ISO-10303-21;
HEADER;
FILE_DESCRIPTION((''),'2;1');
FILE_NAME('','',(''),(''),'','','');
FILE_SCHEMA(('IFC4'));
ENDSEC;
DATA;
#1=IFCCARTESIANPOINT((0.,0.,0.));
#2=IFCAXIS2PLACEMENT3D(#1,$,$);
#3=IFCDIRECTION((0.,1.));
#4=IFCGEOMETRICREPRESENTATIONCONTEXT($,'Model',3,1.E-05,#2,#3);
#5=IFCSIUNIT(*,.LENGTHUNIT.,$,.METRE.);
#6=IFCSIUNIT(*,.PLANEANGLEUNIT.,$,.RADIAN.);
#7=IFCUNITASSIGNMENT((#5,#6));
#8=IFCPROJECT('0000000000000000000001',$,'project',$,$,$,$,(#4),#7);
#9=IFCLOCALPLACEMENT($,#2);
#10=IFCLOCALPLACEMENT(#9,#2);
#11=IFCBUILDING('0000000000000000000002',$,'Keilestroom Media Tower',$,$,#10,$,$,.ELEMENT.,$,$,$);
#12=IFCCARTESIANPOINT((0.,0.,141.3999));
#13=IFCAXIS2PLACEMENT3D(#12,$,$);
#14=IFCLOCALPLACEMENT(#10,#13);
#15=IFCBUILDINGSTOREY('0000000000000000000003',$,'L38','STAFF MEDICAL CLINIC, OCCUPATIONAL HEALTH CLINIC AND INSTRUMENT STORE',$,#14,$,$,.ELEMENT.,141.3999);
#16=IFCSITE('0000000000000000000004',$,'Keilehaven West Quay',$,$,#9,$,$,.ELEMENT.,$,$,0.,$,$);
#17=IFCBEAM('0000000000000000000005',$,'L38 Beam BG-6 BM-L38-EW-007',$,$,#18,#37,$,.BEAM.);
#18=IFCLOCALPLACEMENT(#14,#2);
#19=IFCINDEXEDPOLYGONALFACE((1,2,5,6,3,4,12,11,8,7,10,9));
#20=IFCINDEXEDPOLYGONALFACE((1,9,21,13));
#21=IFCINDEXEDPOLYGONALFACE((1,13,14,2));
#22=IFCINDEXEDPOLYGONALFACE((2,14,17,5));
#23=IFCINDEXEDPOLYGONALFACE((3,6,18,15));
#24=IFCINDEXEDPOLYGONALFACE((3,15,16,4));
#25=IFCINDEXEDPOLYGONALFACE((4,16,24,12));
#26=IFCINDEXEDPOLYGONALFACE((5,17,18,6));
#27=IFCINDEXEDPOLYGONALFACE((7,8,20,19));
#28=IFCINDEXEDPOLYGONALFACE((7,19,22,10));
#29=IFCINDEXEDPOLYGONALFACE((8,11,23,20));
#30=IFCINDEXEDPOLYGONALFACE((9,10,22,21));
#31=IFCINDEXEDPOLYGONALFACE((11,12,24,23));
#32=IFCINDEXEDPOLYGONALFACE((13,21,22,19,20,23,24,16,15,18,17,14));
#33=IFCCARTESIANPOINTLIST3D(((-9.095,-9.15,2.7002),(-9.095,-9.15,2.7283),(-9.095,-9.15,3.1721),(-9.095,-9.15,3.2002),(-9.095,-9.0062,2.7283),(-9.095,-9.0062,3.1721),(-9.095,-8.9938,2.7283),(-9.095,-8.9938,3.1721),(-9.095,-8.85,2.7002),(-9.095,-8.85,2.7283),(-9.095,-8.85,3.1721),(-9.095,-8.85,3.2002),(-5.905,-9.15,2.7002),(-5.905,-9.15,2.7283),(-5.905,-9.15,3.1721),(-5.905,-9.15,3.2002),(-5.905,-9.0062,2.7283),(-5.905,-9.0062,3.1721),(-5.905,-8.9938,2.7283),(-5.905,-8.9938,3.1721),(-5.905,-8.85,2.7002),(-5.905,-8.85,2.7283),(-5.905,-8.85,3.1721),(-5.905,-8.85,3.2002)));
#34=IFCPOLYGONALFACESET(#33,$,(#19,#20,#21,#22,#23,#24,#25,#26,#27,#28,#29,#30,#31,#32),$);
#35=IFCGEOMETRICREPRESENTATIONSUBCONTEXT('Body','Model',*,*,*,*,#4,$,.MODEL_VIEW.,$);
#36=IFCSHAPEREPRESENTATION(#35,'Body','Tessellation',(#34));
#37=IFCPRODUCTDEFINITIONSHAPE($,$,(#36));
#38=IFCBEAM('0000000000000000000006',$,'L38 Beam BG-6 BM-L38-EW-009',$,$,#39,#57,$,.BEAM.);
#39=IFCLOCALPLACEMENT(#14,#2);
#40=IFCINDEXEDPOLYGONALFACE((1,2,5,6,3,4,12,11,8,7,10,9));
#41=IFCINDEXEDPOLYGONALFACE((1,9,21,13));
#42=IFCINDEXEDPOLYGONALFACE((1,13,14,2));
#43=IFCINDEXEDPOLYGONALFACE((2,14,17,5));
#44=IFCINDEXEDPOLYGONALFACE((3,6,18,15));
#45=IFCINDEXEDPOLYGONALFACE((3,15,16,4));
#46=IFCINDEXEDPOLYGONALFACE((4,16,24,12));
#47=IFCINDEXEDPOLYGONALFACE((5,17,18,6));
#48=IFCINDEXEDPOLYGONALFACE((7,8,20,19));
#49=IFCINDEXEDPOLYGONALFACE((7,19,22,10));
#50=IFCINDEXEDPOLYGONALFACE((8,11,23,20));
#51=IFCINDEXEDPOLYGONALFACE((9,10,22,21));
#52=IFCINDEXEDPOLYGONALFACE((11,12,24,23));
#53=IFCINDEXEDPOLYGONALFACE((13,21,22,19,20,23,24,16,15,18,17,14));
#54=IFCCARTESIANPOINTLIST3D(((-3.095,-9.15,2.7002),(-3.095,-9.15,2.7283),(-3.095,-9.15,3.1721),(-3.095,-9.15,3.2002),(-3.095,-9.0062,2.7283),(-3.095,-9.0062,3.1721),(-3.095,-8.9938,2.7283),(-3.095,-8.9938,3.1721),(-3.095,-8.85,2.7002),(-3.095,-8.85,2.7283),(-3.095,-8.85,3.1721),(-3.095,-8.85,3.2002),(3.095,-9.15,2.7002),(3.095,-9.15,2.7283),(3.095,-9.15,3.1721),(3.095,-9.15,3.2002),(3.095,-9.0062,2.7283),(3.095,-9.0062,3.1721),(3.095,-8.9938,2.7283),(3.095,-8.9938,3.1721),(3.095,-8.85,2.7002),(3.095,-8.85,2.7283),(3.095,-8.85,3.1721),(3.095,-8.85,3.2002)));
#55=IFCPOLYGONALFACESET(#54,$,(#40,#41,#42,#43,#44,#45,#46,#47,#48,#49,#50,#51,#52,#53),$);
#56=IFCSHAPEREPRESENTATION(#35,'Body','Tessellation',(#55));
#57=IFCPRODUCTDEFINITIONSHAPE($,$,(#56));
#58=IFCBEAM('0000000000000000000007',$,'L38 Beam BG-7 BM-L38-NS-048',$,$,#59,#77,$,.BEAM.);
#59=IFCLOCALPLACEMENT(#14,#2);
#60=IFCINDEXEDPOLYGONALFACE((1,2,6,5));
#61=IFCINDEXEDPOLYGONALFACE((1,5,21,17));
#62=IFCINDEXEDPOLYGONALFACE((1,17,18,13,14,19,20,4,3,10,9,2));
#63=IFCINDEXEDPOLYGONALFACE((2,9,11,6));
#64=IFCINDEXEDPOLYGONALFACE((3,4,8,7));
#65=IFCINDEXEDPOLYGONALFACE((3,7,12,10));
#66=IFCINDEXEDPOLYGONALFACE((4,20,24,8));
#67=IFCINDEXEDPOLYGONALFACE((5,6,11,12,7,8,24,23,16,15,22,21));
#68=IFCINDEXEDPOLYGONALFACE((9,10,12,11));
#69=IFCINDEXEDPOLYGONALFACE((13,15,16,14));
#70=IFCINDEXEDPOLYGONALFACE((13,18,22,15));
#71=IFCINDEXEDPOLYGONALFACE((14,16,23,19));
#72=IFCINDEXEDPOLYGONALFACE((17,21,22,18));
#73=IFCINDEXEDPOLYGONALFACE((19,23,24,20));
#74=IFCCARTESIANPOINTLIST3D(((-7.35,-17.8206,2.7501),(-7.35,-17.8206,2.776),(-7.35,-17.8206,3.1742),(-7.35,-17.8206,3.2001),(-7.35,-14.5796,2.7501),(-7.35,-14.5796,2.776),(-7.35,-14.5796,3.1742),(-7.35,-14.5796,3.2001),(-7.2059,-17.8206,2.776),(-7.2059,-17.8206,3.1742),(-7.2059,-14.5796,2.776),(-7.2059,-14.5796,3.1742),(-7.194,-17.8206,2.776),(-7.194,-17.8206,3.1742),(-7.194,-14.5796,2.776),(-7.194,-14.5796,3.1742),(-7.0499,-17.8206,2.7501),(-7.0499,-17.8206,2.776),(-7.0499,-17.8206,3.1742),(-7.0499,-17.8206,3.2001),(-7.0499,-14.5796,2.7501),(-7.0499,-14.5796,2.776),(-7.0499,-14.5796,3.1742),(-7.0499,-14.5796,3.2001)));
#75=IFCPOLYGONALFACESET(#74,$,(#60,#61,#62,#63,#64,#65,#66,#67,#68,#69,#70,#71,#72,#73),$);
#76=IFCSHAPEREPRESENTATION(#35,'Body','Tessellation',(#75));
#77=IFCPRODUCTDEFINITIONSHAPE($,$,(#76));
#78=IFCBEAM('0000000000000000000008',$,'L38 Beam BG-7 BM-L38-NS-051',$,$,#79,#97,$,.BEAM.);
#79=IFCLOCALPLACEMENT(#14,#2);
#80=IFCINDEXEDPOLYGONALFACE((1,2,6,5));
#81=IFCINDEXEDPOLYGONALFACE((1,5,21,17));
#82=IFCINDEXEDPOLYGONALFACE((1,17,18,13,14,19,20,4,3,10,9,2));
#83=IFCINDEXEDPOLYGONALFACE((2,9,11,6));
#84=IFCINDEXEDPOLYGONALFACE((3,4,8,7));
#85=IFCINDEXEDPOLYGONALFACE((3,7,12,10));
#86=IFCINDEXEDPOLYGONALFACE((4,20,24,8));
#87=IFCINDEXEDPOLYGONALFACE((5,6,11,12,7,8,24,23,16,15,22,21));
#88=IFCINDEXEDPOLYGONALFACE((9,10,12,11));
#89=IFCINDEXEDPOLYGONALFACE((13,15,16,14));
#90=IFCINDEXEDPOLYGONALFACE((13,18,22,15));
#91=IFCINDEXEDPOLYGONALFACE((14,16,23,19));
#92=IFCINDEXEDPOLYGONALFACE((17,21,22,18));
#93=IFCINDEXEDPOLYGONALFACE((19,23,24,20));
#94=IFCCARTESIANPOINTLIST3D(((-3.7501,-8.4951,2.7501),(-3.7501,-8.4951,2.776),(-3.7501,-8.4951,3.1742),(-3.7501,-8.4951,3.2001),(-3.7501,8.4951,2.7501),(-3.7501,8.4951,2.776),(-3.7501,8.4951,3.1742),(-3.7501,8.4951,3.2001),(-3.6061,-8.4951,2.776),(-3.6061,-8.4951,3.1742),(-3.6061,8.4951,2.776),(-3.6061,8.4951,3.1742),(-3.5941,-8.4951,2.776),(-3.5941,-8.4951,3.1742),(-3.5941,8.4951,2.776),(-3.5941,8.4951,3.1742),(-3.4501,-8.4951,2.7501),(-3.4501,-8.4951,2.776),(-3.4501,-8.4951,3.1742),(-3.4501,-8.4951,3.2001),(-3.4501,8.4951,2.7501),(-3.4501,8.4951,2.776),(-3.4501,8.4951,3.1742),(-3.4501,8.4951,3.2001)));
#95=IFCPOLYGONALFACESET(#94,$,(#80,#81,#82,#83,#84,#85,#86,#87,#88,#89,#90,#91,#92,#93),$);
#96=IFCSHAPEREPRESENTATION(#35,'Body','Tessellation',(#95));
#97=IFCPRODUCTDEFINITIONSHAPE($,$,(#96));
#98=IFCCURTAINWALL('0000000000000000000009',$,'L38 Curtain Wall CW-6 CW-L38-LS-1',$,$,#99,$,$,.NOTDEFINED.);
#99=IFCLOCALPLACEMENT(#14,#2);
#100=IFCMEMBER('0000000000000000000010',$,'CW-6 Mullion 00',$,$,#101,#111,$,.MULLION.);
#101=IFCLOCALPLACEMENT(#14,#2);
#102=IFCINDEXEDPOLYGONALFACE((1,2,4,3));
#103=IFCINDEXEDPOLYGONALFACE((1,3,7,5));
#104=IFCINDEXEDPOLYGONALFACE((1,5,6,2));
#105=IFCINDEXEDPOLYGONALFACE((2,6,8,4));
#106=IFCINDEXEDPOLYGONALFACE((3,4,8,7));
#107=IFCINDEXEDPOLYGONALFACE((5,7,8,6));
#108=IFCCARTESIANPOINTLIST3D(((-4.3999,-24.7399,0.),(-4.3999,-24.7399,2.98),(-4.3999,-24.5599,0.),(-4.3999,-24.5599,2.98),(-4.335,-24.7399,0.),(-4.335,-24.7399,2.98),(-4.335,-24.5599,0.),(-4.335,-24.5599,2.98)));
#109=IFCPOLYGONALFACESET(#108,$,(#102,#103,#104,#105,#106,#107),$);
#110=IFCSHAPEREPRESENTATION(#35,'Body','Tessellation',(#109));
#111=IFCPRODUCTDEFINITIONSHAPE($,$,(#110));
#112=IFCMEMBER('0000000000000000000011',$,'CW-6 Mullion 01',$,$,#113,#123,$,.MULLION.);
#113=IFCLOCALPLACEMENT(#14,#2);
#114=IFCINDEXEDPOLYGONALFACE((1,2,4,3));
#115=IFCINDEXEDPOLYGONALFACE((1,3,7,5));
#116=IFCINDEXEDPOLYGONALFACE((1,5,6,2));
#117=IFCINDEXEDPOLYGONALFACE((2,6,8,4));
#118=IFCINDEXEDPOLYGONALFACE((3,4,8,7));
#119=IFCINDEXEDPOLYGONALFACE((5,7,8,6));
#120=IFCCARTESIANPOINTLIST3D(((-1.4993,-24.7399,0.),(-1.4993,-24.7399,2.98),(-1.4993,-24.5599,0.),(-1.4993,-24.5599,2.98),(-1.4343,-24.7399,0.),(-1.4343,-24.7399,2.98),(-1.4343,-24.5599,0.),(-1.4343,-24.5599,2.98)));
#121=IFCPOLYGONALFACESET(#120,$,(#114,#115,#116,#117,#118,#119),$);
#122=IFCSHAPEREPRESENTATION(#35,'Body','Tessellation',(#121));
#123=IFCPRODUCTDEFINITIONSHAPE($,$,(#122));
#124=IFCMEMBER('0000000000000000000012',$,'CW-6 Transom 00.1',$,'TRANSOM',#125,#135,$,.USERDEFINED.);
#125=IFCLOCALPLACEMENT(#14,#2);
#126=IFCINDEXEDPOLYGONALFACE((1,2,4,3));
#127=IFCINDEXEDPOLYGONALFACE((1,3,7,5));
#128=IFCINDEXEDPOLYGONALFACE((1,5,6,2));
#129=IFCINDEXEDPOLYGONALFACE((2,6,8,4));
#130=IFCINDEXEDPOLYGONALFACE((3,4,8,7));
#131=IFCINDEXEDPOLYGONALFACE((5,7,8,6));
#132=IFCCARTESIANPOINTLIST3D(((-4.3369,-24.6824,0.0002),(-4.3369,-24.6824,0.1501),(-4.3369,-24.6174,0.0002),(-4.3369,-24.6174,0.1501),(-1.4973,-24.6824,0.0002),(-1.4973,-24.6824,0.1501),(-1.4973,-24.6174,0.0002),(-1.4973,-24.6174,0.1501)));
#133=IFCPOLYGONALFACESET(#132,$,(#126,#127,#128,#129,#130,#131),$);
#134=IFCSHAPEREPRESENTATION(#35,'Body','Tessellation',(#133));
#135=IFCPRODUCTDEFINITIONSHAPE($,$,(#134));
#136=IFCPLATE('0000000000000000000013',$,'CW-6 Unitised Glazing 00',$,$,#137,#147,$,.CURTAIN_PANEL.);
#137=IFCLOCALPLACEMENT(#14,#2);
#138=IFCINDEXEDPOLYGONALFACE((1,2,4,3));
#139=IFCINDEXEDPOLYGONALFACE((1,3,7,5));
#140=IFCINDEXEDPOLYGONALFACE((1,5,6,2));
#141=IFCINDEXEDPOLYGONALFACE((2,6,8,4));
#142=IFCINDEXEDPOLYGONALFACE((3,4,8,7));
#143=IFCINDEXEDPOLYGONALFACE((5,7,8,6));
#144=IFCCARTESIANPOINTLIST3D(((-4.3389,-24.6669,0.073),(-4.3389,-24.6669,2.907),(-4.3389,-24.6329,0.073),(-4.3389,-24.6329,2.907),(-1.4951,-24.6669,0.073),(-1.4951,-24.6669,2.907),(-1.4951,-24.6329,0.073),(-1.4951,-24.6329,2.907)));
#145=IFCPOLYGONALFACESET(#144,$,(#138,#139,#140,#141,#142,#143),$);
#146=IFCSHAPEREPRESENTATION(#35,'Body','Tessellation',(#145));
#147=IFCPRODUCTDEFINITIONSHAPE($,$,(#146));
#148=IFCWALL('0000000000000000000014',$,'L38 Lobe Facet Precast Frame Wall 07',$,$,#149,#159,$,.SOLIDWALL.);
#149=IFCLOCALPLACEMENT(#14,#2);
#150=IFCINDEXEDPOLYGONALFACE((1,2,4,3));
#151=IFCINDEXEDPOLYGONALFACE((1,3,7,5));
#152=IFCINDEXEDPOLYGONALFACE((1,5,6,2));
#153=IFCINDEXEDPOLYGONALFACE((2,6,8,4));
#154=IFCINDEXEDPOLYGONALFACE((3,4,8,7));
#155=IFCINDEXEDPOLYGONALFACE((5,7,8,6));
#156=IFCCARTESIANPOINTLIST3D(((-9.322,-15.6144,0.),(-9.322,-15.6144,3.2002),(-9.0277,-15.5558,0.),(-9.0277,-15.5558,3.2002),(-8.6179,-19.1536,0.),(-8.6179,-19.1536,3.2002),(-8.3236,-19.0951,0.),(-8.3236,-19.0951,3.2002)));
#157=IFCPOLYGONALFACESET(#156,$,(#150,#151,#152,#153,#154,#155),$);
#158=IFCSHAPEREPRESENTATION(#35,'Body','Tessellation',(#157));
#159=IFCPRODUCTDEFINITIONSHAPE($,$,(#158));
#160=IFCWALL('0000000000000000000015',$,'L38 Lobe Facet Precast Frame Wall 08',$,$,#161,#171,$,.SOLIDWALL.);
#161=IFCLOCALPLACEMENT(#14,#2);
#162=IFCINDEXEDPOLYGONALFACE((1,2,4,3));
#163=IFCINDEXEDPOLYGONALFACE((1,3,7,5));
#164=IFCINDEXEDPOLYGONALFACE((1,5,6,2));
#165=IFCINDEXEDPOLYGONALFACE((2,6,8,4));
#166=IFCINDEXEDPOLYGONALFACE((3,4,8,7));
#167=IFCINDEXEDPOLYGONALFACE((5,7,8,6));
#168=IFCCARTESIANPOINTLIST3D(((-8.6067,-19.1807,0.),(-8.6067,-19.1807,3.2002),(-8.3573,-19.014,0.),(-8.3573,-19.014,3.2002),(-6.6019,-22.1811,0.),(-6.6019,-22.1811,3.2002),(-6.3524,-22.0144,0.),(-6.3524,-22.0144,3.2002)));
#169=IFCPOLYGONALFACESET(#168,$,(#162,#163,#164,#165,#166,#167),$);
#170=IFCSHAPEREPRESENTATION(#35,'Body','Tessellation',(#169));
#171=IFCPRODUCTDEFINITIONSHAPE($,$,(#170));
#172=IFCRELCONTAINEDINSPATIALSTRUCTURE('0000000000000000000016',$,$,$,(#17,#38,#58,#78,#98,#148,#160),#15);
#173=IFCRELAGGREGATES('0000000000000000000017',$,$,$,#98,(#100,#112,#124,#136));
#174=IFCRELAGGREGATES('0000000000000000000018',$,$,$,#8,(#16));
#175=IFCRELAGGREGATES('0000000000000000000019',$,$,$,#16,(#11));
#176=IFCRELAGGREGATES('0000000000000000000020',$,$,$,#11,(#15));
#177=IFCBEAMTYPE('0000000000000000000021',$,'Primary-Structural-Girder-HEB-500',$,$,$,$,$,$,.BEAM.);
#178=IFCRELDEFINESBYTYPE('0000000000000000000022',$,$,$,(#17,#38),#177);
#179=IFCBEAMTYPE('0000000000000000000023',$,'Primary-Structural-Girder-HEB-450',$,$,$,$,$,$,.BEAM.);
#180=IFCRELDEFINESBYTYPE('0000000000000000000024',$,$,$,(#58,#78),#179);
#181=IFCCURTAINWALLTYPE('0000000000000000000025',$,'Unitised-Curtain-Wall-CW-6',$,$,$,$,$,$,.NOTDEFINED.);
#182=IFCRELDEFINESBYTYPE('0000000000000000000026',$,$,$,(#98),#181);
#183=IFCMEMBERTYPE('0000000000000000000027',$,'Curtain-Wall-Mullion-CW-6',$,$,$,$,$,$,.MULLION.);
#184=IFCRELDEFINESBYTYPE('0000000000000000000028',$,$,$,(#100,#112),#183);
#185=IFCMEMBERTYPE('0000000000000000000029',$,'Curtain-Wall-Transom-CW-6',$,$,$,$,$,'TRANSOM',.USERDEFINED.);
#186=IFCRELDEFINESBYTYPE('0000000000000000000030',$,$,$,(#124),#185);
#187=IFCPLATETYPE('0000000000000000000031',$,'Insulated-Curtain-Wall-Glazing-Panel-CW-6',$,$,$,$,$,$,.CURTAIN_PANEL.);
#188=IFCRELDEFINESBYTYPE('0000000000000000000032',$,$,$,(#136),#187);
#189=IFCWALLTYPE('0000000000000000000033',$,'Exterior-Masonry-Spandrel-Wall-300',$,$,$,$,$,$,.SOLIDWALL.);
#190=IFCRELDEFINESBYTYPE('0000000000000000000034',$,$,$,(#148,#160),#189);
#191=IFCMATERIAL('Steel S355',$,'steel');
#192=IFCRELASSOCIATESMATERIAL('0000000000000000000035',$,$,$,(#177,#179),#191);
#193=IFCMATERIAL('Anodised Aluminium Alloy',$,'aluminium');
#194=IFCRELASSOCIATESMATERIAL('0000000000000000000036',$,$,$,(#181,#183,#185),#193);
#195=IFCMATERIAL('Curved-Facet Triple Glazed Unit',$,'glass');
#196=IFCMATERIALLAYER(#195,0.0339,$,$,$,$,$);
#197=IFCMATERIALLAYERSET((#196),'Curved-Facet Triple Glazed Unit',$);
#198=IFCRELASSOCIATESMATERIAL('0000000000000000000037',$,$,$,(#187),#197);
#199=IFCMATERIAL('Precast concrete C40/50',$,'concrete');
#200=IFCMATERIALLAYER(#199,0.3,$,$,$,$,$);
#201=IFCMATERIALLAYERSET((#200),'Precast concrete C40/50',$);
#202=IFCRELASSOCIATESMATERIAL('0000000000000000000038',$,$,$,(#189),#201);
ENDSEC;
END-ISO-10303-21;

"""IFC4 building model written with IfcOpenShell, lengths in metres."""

from ifc_helpers import new_model, si_unit, direction, frame, frame_2d, origin, origin_2d, place, context, subcontext, project, spatial, rectangle, i_section, extrude, source, transform, mapped, material, layer, layer_set, material_profile, profile_set, type_object, element, aggregate, save


model = new_model("IFC4")

# Units and contexts
model_context = context("Model", 3, precision=1e-05, world=origin(), true_north=direction((0.0, 1.0)))
body_context = subcontext(model_context, "Body", "Model", "MODEL_VIEW")
ifc_project = project(units=[si_unit("LENGTHUNIT", "METRE"), si_unit("PLANEANGLEUNIT", "RADIAN")], contexts=[model_context])

# Site, building, storey
site_placement = place(None, origin())
site = spatial("IfcSite", under=ifc_project, at=site_placement, Name="Keilehaven West Quay", CompositionType="ELEMENT", RefElevation=0.0)
building_placement = place(site_placement, origin())
building = spatial("IfcBuilding", under=site, at=building_placement, Name="Keilestroom Media Tower", CompositionType="ELEMENT")
storey_placement = place(building_placement, frame((0.0, 0.0, 141.3999)))
storey = spatial("IfcBuildingStorey", under=building, at=storey_placement, Name="L38", Description="STAFF MEDICAL CLINIC, OCCUPATIONAL HEALTH CLINIC AND INSTRUMENT STORE", CompositionType="ELEMENT", Elevation=141.3999)

# Shared definitions
ifc_material_1 = material(Name="Steel S355", Category="steel")

# Beams
ifc_material_profile_1 = material_profile(ifc_material_1, i_section(OverallWidth=0.3, OverallDepth=0.5, WebThickness=0.0125, FlangeThickness=0.0281, at=origin_2d()), Name="HEB 500")
ifc_profile_set_1 = profile_set([ifc_material_profile_1], Name="Steel S355")
beam_type_1 = type_object("IfcBeamType", Name="Primary-Structural-Girder-HEB-500", PredefinedType="BEAM", material=ifc_profile_set_1)
shared_shape_1 = source(origin(), body_context, "Body", "SweptSolid", [
    extrude(i_section(OverallWidth=0.3, OverallDepth=0.5, WebThickness=0.0125, FlangeThickness=0.0281, at=origin_2d()), origin(), (0.0, 0.0, 1.0), 3.1899),
])
beam_1_placement = place(storey_placement, frame((-9.095, -9.0, 2.9502), z_axis=(1.0, 0.0, 0.0), x_axis=(0.0, 1.0, 0.0)))
element("IfcBeam", 1, at=beam_1_placement, inside=storey, type_object=beam_type_1, Name="L38 Beam BG-6 BM-L38-EW-007", PredefinedType="BEAM", context=body_context, shape_type="MappedRepresentation", body=[
    mapped(shared_shape_1, transform((0.0, 0.0, 0.0), x_axis=(1.0, 0.0, 0.0), y_axis=(0.0, 1.0, 0.0), z_axis=(0.0, 0.0, 1.0), scale=1.0)),
])
shared_shape_2 = source(origin(), body_context, "Body", "SweptSolid", [
    extrude(i_section(OverallWidth=0.3, OverallDepth=0.5, WebThickness=0.0125, FlangeThickness=0.0281, at=origin_2d()), origin(), (0.0, 0.0, 1.0), 6.1899),
])
beam_2_placement = place(storey_placement, frame((-3.095, -9.0, 2.9502), z_axis=(1.0, 0.0, 0.0), x_axis=(0.0, 1.0, 0.0)))
element("IfcBeam", 2, at=beam_2_placement, inside=storey, type_object=beam_type_1, Name="L38 Beam BG-6 BM-L38-EW-009", PredefinedType="BEAM", context=body_context, shape_type="MappedRepresentation", body=[
    mapped(shared_shape_2, transform((0.0, 0.0, 0.0), x_axis=(1.0, 0.0, 0.0), y_axis=(0.0, 1.0, 0.0), z_axis=(0.0, 0.0, 1.0), scale=1.0)),
])
ifc_material_profile_2 = material_profile(ifc_material_1, i_section(OverallWidth=0.3, OverallDepth=0.45, WebThickness=0.012, FlangeThickness=0.0259, at=origin_2d()), Name="HEB 450")
ifc_profile_set_2 = profile_set([ifc_material_profile_2], Name="Steel S355")
beam_type_2 = type_object("IfcBeamType", Name="Primary-Structural-Girder-HEB-450", PredefinedType="BEAM", material=ifc_profile_set_2)
shared_shape_3 = source(origin(), body_context, "Body", "SweptSolid", [
    extrude(i_section(OverallWidth=0.3, OverallDepth=0.45, WebThickness=0.012, FlangeThickness=0.0259, at=origin_2d()), origin(), (0.0, 0.0, 1.0), 3.241),
])
beam_3_placement = place(storey_placement, frame((-7.2, -17.8206, 2.9751), z_axis=(0.0, 1.0, 0.0), x_axis=(-1.0, 0.0, 0.0)))
element("IfcBeam", 3, at=beam_3_placement, inside=storey, type_object=beam_type_2, Name="L38 Beam BG-7 BM-L38-NS-048", PredefinedType="BEAM", context=body_context, shape_type="MappedRepresentation", body=[
    mapped(shared_shape_3, transform((0.0, 0.0, 0.0), x_axis=(1.0, 0.0, 0.0), y_axis=(0.0, 1.0, 0.0), z_axis=(0.0, 0.0, 1.0), scale=1.0)),
])
shared_shape_4 = source(origin(), body_context, "Body", "SweptSolid", [
    extrude(i_section(OverallWidth=0.3, OverallDepth=0.45, WebThickness=0.012, FlangeThickness=0.0259, at=origin_2d()), origin(), (0.0, 0.0, 1.0), 16.9902),
])
beam_4_placement = place(storey_placement, frame((-3.6001, -8.4951, 2.9751), z_axis=(0.0, 1.0, 0.0), x_axis=(-1.0, 0.0, 0.0)))
element("IfcBeam", 4, at=beam_4_placement, inside=storey, type_object=beam_type_2, Name="L38 Beam BG-7 BM-L38-NS-051", PredefinedType="BEAM", context=body_context, shape_type="MappedRepresentation", body=[
    mapped(shared_shape_4, transform((0.0, 0.0, 0.0), x_axis=(1.0, 0.0, 0.0), y_axis=(0.0, 1.0, 0.0), z_axis=(0.0, 0.0, 1.0), scale=1.0)),
])

# Curtain wall, members, plate
ifc_material_2 = material(Name="Anodised Aluminium Alloy", Category="aluminium")
curtain_wall_type = type_object("IfcCurtainWallType", Name="Unitised-Curtain-Wall-CW-6", PredefinedType="NOTDEFINED", material=ifc_material_2)
curtain_wall_placement = place(storey_placement, origin())
curtain_wall = element("IfcCurtainWall", 5, at=curtain_wall_placement, inside=storey, type_object=curtain_wall_type, Name="L38 Curtain Wall CW-6 CW-L38-LS-1", PredefinedType="NOTDEFINED")
ifc_material_profile_3 = material_profile(ifc_material_2, rectangle(XDim=0.0649, YDim=0.1799, at=origin_2d()), Name="ALU MULLION 65x180")
ifc_profile_set_3 = profile_set([ifc_material_profile_3], Name="Anodised Aluminium Alloy")
member_type_1 = type_object("IfcMemberType", Name="Curtain-Wall-Mullion-CW-6", PredefinedType="MULLION", material=ifc_profile_set_3)
shared_shape_5 = source(origin(), body_context, "Body", "SweptSolid", [
    extrude(rectangle(XDim=0.0649, YDim=0.1799, at=origin_2d()), origin(), (0.0, 0.0, 1.0), 2.98),
])
member_1_placement = place(storey_placement, frame((-4.3674, -24.6499, 0.0), z_axis=(0.0, 0.0, 1.0), x_axis=(1.0, 0.0, 0.0)))
member_1 = element("IfcMember", 6, at=member_1_placement, type_object=member_type_1, Name="CW-6 Mullion 00", PredefinedType="MULLION", context=body_context, shape_type="MappedRepresentation", body=[
    mapped(shared_shape_5, transform((0.0, 0.0, 0.0), x_axis=(1.0, 0.0, 0.0), y_axis=(0.0, 1.0, 0.0), z_axis=(0.0, 0.0, 1.0), scale=1.0)),
])
member_2_placement = place(storey_placement, frame((-1.4668, -24.6499, 0.0), z_axis=(0.0, 0.0, 1.0), x_axis=(1.0, 0.0, 0.0)))
member_2 = element("IfcMember", 7, at=member_2_placement, type_object=member_type_1, Name="CW-6 Mullion 01", PredefinedType="MULLION", context=body_context, shape_type="MappedRepresentation", body=[
    mapped(shared_shape_5, transform((0.0, 0.0, 0.0), x_axis=(1.0, 0.0, 0.0), y_axis=(0.0, 1.0, 0.0), z_axis=(0.0, 0.0, 1.0), scale=1.0)),
])
ifc_material_profile_4 = material_profile(ifc_material_2, rectangle(XDim=0.0649, YDim=0.1499, at=origin_2d()), Name="ALU TRANSOM 65x150")
ifc_profile_set_4 = profile_set([ifc_material_profile_4], Name="Anodised Aluminium Alloy")
member_type_2 = type_object("IfcMemberType", Name="Curtain-Wall-Transom-CW-6", ElementType="TRANSOM", PredefinedType="USERDEFINED", material=ifc_profile_set_4)
shared_shape_6 = source(origin(), body_context, "Body", "SweptSolid", [
    extrude(rectangle(XDim=0.0649, YDim=0.1499, at=origin_2d()), origin(), (0.0, 0.0, 1.0), 2.8396),
])
member_3_placement = place(storey_placement, frame((-4.3369, -24.6499, 0.0752), z_axis=(1.0, 0.0, 0.0), x_axis=(0.0, 1.0, 0.0)))
member_3 = element("IfcMember", 8, at=member_3_placement, type_object=member_type_2, Name="CW-6 Transom 00.1", ObjectType="TRANSOM", PredefinedType="USERDEFINED", context=body_context, shape_type="MappedRepresentation", body=[
    mapped(shared_shape_6, transform((0.0, 0.0, 0.0), x_axis=(1.0, 0.0, 0.0), y_axis=(0.0, 1.0, 0.0), z_axis=(0.0, 0.0, 1.0), scale=1.0)),
])
ifc_material_3 = material(Name="Curved-Facet Triple Glazed Unit", Category="glass")
ifc_layer_1 = layer(ifc_material_3, 0.0339)
ifc_layer_set_1 = layer_set([ifc_layer_1], Name="Curved-Facet Triple Glazed Unit")
plate_type = type_object("IfcPlateType", Name="Insulated-Curtain-Wall-Glazing-Panel-CW-6", PredefinedType="CURTAIN_PANEL", material=ifc_layer_set_1)
shared_shape_7 = source(origin(), body_context, "Body", "SweptSolid", [
    extrude(rectangle(XDim=2.8438, YDim=0.0339, at=origin_2d()), origin(), (0.0, 0.0, 1.0), 2.834),
])
plate_placement = place(storey_placement, frame((-2.917, -24.6499, 0.073), z_axis=(0.0, 0.0, 1.0), x_axis=(1.0, 0.0, 0.0)))
plate = element("IfcPlate", 9, at=plate_placement, type_object=plate_type, Name="CW-6 Unitised Glazing 00", PredefinedType="CURTAIN_PANEL", context=body_context, shape_type="MappedRepresentation", body=[
    mapped(shared_shape_7, transform((0.0, 0.0, 0.0), x_axis=(1.0, 0.0, 0.0), y_axis=(0.0, 1.0, 0.0), z_axis=(0.0, 0.0, 1.0), scale=1.0)),
])
aggregate(curtain_wall, [member_1, member_2, member_3, plate])

# Walls
ifc_material_4 = material(Name="Precast concrete C40/50", Category="concrete")
ifc_layer_2 = layer(ifc_material_4, 0.3)
ifc_layer_set_2 = layer_set([ifc_layer_2], Name="Precast concrete C40/50")
wall_type_1 = type_object("IfcWallType", Name="Exterior-Masonry-Spandrel-Wall-300", PredefinedType="SOLIDWALL", material=ifc_layer_set_2)
for number, where, z_axis, x_axis, name in (
    (10, (-9.1748, -15.5852, 0.0), (0.0, 0.0, 1.0), (0.195114, -0.980781, 0.0), "L38 Lobe Facet Precast Frame Wall 07"),
    (11, (-8.4819, -19.0974, 0.0), (0.0, 0.0, 1.0), (0.555574, -0.831467, 0.0), "L38 Lobe Facet Precast Frame Wall 08"),
):
    element("IfcWall", number, at=place(storey_placement, frame(where, z_axis=z_axis, x_axis=x_axis)), inside=storey, type_object=wall_type_1, Name=name, PredefinedType="SOLIDWALL", context=body_context, shape_type="SweptSolid", body=[
        extrude(rectangle(XDim=3.6086, YDim=0.3, at=frame_2d((1.8042, 0.0))), origin(), (0.0, 0.0, 1.0), 3.2002),
    ])

save(model, "model.ifc")
